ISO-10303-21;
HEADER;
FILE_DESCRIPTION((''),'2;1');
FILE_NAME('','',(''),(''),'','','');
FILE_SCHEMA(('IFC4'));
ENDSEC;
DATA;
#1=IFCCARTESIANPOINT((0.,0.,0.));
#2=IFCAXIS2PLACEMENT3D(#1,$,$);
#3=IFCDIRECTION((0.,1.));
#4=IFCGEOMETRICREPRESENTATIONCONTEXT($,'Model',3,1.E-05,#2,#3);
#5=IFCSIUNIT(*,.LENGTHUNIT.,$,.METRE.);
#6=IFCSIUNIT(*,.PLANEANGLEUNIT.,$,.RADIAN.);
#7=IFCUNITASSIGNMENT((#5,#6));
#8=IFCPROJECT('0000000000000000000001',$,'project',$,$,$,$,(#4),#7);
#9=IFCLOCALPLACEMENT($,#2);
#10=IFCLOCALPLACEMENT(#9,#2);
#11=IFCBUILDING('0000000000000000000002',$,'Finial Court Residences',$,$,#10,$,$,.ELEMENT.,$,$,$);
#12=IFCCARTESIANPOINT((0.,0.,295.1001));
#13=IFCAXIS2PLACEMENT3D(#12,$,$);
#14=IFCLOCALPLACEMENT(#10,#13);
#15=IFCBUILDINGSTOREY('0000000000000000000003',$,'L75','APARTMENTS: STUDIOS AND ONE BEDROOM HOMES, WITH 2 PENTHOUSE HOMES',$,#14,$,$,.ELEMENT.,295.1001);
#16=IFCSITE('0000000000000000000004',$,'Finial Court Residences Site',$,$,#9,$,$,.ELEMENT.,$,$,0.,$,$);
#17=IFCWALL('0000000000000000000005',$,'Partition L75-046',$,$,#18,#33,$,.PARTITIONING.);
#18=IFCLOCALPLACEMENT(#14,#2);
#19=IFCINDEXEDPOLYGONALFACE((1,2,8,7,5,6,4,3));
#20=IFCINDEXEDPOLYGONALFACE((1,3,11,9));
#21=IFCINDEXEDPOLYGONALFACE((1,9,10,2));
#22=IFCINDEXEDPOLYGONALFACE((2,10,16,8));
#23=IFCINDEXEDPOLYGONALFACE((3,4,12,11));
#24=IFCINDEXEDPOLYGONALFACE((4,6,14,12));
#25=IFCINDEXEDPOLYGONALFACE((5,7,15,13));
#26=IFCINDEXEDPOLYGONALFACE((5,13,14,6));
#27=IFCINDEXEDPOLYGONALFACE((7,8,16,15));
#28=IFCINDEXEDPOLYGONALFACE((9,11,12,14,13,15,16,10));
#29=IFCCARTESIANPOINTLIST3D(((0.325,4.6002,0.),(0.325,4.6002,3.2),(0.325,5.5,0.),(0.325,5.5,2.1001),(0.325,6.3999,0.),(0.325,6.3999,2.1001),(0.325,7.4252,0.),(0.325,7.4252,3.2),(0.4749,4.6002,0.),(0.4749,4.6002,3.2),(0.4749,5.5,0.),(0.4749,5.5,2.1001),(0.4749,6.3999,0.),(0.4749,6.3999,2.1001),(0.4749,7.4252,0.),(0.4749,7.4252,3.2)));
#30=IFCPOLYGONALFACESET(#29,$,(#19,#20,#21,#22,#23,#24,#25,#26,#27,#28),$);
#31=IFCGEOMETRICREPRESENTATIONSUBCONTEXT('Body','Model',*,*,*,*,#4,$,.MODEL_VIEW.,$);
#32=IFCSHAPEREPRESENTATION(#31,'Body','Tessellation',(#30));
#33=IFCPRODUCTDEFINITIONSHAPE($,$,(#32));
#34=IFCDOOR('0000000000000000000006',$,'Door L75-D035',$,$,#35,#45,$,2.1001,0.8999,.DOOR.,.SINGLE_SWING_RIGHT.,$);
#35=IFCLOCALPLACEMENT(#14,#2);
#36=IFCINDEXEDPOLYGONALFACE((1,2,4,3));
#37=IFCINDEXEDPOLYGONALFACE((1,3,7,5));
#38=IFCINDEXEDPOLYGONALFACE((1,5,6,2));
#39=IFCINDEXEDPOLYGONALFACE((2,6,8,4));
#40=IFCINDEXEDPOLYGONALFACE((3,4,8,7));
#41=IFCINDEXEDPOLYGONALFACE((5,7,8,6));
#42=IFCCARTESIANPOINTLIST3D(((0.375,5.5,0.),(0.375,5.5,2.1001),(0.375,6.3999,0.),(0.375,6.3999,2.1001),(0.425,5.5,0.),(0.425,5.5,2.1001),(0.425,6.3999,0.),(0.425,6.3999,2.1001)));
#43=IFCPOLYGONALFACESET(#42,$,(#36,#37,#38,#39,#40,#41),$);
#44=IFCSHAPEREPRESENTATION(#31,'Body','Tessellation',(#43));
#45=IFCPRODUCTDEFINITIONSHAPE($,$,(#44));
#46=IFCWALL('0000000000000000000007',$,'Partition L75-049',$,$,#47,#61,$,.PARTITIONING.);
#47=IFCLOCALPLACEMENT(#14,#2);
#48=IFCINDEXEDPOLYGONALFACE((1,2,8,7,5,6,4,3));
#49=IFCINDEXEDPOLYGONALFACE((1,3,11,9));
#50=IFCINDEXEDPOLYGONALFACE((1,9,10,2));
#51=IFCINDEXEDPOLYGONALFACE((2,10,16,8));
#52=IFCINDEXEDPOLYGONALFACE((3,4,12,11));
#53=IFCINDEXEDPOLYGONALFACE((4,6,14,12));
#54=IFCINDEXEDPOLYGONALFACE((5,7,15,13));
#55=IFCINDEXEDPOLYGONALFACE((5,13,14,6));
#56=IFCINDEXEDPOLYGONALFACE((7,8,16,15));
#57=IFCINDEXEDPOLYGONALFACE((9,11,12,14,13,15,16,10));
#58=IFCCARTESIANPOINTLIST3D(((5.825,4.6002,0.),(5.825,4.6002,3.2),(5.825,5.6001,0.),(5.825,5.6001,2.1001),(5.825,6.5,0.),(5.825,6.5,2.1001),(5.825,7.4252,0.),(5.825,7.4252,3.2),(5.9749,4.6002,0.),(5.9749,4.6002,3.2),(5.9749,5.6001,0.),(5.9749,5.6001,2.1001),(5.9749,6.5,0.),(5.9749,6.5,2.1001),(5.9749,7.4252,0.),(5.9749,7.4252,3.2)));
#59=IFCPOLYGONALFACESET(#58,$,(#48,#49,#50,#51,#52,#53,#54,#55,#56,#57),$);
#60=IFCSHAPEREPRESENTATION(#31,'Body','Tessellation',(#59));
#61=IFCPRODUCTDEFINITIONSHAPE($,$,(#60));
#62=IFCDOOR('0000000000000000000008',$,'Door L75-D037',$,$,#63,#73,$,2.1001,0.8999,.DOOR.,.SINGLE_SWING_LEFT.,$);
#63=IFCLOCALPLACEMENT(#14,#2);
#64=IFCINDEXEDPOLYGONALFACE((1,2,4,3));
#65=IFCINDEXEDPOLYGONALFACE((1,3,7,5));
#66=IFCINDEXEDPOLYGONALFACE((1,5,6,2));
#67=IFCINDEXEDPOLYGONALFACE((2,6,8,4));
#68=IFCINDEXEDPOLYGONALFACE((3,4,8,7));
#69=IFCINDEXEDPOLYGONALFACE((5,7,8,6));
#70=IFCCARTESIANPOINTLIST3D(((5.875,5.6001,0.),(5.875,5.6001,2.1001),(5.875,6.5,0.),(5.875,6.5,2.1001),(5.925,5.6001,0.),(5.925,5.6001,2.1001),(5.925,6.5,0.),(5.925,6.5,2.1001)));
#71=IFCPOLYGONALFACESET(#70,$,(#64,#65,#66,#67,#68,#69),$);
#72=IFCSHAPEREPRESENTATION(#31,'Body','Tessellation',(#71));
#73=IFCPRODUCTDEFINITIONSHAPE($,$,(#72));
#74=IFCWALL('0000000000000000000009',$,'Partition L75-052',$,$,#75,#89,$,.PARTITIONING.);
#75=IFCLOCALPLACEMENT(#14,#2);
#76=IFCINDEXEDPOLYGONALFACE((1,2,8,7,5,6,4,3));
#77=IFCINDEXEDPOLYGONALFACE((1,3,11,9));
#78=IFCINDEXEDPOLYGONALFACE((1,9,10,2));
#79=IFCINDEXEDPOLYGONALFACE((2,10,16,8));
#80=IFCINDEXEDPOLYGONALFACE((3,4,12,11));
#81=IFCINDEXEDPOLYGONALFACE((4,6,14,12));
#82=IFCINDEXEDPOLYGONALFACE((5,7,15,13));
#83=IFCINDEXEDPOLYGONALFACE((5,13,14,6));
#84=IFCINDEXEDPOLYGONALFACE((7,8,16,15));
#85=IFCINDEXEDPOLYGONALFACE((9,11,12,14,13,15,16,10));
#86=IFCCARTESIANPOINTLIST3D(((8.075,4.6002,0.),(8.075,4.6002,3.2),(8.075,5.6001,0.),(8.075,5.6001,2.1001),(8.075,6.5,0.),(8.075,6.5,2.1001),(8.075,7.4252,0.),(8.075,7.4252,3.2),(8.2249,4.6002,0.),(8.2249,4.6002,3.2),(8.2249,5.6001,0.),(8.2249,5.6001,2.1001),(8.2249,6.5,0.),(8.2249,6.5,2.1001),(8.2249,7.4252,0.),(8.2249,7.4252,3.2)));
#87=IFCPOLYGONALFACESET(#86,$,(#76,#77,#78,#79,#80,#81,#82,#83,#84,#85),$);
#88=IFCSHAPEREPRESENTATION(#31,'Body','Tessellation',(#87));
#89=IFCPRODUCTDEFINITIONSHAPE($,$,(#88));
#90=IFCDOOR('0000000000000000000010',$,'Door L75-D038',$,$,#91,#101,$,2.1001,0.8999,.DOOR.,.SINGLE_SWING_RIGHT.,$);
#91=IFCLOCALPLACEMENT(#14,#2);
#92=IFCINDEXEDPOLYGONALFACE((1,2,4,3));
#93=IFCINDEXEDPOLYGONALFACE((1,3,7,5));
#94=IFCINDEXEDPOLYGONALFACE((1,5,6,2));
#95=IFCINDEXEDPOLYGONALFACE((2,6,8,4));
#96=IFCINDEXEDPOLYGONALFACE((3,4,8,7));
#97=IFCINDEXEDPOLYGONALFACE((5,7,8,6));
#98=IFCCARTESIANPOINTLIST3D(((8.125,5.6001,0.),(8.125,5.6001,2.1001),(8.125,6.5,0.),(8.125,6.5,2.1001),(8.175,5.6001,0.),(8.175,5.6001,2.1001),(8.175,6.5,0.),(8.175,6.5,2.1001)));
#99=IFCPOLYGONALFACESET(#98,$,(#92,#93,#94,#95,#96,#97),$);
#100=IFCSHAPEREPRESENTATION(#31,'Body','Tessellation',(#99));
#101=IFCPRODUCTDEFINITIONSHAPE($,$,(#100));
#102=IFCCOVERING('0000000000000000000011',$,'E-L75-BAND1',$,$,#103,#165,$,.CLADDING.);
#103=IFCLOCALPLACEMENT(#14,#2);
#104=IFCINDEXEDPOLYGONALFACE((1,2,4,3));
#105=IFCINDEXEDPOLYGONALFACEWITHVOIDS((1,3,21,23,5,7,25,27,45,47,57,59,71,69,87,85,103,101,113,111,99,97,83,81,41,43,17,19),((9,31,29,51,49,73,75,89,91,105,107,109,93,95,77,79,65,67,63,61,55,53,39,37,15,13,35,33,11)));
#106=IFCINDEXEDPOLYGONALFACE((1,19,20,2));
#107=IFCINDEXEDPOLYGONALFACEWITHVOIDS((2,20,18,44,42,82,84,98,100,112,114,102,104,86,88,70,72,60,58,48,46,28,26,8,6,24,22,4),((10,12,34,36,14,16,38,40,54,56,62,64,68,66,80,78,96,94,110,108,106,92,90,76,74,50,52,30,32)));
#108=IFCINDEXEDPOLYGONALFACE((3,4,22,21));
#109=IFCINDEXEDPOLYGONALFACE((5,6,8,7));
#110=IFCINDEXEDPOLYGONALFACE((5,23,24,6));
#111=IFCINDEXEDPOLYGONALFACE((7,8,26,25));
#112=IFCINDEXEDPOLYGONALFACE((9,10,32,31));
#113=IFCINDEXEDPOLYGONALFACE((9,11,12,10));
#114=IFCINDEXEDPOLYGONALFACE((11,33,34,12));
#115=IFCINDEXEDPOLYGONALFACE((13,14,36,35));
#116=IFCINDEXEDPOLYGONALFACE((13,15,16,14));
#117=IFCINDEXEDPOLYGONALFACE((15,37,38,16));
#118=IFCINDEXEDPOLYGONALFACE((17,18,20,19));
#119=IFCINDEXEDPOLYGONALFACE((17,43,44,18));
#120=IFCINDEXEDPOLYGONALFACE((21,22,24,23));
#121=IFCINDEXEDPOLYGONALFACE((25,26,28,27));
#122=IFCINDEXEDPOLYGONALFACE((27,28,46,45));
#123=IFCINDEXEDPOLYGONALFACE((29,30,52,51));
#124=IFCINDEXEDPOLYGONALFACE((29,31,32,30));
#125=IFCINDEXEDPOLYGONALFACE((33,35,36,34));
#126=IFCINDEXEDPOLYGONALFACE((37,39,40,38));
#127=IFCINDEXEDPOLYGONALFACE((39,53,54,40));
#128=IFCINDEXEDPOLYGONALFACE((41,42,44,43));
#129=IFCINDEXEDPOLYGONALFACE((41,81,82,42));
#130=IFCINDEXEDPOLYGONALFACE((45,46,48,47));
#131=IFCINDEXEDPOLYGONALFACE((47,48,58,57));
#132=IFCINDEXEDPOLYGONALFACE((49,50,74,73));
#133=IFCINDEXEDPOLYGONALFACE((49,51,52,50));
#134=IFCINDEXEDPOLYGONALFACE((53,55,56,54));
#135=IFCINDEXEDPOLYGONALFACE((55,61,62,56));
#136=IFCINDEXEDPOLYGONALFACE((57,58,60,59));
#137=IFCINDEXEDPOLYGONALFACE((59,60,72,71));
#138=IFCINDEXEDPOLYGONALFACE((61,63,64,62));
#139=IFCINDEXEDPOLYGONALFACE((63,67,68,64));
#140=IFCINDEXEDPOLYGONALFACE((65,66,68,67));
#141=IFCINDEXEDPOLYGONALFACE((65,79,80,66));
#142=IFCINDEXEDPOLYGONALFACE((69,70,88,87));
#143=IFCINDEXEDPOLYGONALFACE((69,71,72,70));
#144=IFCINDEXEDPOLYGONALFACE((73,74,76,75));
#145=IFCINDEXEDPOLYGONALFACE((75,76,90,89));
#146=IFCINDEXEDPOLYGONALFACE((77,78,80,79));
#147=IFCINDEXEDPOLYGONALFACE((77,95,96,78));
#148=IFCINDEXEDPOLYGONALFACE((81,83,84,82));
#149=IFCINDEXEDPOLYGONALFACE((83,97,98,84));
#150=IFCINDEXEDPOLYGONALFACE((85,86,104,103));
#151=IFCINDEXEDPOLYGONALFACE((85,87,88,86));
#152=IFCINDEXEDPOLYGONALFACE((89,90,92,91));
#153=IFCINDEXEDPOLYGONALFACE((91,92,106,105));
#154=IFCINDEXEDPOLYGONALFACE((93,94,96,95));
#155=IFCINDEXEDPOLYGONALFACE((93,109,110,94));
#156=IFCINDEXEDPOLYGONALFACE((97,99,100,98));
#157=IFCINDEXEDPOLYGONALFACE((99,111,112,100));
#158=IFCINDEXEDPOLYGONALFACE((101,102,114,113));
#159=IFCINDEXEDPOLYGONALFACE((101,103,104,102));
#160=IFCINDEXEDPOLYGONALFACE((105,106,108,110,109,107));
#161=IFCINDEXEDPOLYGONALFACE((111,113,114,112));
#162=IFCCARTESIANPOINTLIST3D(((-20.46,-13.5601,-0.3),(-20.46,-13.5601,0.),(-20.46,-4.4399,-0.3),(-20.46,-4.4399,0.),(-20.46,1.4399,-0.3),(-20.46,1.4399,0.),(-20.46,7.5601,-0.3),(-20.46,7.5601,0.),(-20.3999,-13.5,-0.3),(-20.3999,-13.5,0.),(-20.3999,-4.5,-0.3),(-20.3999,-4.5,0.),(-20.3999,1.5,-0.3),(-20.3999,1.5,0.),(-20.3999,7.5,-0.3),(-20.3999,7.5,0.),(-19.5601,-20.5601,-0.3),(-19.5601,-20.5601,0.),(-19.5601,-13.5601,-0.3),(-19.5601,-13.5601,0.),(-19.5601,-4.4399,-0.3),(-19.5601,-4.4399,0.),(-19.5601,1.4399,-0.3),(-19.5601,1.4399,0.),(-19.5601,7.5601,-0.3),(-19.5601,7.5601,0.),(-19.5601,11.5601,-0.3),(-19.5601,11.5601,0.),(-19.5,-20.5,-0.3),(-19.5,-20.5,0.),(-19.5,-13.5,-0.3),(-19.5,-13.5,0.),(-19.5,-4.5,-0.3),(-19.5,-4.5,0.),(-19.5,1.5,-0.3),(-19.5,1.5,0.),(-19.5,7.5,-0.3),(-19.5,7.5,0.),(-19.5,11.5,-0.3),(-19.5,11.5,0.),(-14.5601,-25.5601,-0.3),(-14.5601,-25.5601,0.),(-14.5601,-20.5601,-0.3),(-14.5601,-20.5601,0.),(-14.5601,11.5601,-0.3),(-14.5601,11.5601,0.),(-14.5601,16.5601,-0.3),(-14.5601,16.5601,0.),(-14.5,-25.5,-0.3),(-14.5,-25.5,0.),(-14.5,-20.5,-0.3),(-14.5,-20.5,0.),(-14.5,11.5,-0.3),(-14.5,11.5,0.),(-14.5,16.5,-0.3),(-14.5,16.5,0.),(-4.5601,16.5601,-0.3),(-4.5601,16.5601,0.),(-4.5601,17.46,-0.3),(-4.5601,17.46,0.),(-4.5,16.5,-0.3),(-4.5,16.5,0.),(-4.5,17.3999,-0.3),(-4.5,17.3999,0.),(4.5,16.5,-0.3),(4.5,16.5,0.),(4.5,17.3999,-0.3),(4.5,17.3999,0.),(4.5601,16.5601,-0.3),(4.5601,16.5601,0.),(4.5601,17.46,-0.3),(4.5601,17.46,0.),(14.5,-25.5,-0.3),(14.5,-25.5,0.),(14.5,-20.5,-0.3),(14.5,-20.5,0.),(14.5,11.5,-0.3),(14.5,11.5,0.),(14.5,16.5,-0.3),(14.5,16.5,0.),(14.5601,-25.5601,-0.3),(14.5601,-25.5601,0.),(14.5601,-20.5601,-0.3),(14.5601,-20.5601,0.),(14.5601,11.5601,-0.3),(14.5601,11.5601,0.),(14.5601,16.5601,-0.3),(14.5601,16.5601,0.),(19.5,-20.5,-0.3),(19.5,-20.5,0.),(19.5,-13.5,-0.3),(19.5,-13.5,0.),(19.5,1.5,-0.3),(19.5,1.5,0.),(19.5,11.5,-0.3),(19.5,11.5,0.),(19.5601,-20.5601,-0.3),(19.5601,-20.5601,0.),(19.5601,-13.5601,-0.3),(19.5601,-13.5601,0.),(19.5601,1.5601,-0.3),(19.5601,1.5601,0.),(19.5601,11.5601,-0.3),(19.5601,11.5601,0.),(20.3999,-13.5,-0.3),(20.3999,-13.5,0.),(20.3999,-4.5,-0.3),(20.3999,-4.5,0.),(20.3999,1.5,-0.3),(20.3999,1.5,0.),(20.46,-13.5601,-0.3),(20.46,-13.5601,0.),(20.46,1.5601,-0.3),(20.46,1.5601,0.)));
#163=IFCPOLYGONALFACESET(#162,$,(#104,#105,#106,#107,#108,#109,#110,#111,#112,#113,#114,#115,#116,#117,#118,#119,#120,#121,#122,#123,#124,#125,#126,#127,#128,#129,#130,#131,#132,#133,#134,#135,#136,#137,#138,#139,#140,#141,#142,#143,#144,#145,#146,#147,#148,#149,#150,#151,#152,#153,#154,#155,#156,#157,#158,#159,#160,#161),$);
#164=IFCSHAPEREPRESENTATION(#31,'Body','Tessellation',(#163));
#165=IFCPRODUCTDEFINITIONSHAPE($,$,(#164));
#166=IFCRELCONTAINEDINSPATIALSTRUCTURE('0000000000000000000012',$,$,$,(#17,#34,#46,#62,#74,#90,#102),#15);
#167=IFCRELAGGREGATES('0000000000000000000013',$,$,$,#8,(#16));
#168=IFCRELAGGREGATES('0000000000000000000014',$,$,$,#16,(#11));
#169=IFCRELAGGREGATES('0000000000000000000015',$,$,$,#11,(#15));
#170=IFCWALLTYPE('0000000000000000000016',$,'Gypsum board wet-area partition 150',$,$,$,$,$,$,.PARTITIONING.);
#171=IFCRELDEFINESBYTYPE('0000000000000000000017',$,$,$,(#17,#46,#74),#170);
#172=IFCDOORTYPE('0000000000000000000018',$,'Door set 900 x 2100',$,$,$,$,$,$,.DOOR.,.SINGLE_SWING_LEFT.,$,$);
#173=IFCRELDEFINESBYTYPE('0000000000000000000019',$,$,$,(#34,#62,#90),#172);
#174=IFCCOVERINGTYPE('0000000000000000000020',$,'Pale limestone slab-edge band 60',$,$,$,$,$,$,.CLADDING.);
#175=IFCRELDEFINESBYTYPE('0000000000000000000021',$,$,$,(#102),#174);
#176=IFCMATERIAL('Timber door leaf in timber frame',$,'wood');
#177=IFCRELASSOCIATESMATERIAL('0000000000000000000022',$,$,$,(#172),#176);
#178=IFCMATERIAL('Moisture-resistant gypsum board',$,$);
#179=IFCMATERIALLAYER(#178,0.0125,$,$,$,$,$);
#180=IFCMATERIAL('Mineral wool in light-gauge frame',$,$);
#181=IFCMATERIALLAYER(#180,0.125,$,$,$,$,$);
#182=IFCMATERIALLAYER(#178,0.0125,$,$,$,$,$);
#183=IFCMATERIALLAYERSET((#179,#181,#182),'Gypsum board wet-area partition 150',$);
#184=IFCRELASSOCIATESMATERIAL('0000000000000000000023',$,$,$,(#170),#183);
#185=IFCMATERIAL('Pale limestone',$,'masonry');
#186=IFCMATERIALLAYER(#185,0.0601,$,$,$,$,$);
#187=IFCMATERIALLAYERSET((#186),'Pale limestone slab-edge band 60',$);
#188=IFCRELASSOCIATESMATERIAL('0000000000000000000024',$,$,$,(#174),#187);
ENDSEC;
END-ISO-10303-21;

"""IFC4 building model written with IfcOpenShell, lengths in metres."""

from ifc_helpers import new_model, si_unit, direction, frame, frame_2d, origin, place, context, subcontext, project, spatial, polyline, rectangle, outline, extrude, material, layer, layer_set, type_object, element, fill, save


model = new_model("IFC4")

# Units and contexts
model_context = context("Model", 3, precision=1e-05, world=origin(), true_north=direction((0.0, 1.0)))
body_context = subcontext(model_context, "Body", "Model", "MODEL_VIEW")
ifc_project = project(units=[si_unit("LENGTHUNIT", "METRE"), si_unit("PLANEANGLEUNIT", "RADIAN")], contexts=[model_context])

# Site, building, storey
site_placement = place(None, origin())
site = spatial("IfcSite", under=ifc_project, at=site_placement, Name="Finial Court Residences Site", CompositionType="ELEMENT", RefElevation=0.0)
building_placement = place(site_placement, origin())
building = spatial("IfcBuilding", under=site, at=building_placement, Name="Finial Court Residences", CompositionType="ELEMENT")
storey_placement = place(building_placement, frame((0.0, 0.0, 295.1001)))
storey = spatial("IfcBuildingStorey", under=building, at=storey_placement, Name="L75", Description="APARTMENTS: STUDIOS AND ONE BEDROOM HOMES, WITH 2 PENTHOUSE HOMES", CompositionType="ELEMENT", Elevation=295.1001)

# Shared definitions
ifc_material_1 = material(Name="Mineral wool in light-gauge frame")
ifc_material_2 = material(Name="Timber door leaf in timber frame", Category="wood")
door_type = type_object("IfcDoorType", Name="Door set 900 x 2100", OperationType="SINGLE_SWING_LEFT", PredefinedType="DOOR", material=ifc_material_2)

# Shared definitions
ifc_material_3 = material(Name="Moisture-resistant gypsum board")
ifc_layer_1 = layer(ifc_material_3, 0.0125)
ifc_layer_2 = layer(ifc_material_1, 0.125)
ifc_layer_3 = layer(ifc_material_3, 0.0125)
ifc_layer_set_1 = layer_set([ifc_layer_1, ifc_layer_2, ifc_layer_3], Name="Gypsum board wet-area partition 150")
wall_type_1 = type_object("IfcWallType", Name="Gypsum board wet-area partition 150", PredefinedType="PARTITIONING", material=ifc_layer_set_1)

# Walls, openings, doors
wall_1_placement = place(storey_placement, frame((0.3999, 4.6001, 0.0), z_axis=(0.0, 0.0, 1.0), x_axis=(0.0, 1.0, 0.0)))
wall_1 = element("IfcWall", 1, at=wall_1_placement, inside=storey, type_object=wall_type_1, Name="Partition L75-046", PredefinedType="PARTITIONING", context=body_context, shape_type="SweptSolid", body=[
    extrude(rectangle(XDim=2.825, YDim=0.1499, at=frame_2d((1.4126, 0.0))), origin(), (0.0, 0.0, 1.0), 3.2),
])
opening_1_placement = place(wall_1_placement, frame((0.8999, 0.0, 0.0)))
opening_1 = element("IfcOpeningElement", 2, at=opening_1_placement, cuts=wall_1, PredefinedType="OPENING", context=body_context, shape_type="SweptSolid", body=[
    extrude(rectangle(XDim=0.8999, YDim=2.1001, at=frame_2d((0.45, 1.05))), frame((0.0, 0.085, 0.0), z_axis=(0.0, -1.0, 0.0), x_axis=(1.0, 0.0, 0.0)), (0.0, 0.0, 1.0), 0.1699),
])
door_1_placement = place(opening_1_placement, origin())
door_1 = element("IfcDoor", 3, at=door_1_placement, inside=storey, type_object=door_type, Name="Door L75-D035", OperationType="SINGLE_SWING_RIGHT", OverallHeight=2.1001, OverallWidth=0.8999, PredefinedType="DOOR", context=body_context, shape_type="SweptSolid", body=[
    extrude(rectangle(XDim=0.8999, YDim=2.1001, at=frame_2d((0.45, 1.05))), frame((0.0, 0.0249, 0.0), z_axis=(0.0, -1.0, 0.0), x_axis=(1.0, 0.0, 0.0)), (0.0, 0.0, 1.0), 0.05),
])
fill(opening_1, door_1)
wall_2_placement = place(storey_placement, frame((5.8999, 4.6001, 0.0), z_axis=(0.0, 0.0, 1.0), x_axis=(0.0, 1.0, 0.0)))
wall_2 = element("IfcWall", 4, at=wall_2_placement, inside=storey, type_object=wall_type_1, Name="Partition L75-049", PredefinedType="PARTITIONING", context=body_context, shape_type="SweptSolid", body=[
    extrude(rectangle(XDim=2.825, YDim=0.1499, at=frame_2d((1.4126, 0.0))), origin(), (0.0, 0.0, 1.0), 3.2),
])
opening_2_placement = place(wall_2_placement, frame((1.0, 0.0, 0.0)))
opening_2 = element("IfcOpeningElement", 5, at=opening_2_placement, cuts=wall_2, PredefinedType="OPENING", context=body_context, shape_type="SweptSolid", body=[
    extrude(rectangle(XDim=0.8999, YDim=2.1001, at=frame_2d((0.45, 1.05))), frame((0.0, 0.085, 0.0), z_axis=(0.0, -1.0, 0.0), x_axis=(1.0, 0.0, 0.0)), (0.0, 0.0, 1.0), 0.1699),
])
door_2_placement = place(opening_2_placement, origin())
door_2 = element("IfcDoor", 6, at=door_2_placement, inside=storey, type_object=door_type, Name="Door L75-D037", OperationType="SINGLE_SWING_LEFT", OverallHeight=2.1001, OverallWidth=0.8999, PredefinedType="DOOR", context=body_context, shape_type="SweptSolid", body=[
    extrude(rectangle(XDim=0.8999, YDim=2.1001, at=frame_2d((0.45, 1.05))), frame((0.0, 0.0249, 0.0), z_axis=(0.0, -1.0, 0.0), x_axis=(1.0, 0.0, 0.0)), (0.0, 0.0, 1.0), 0.05),
])
fill(opening_2, door_2)
wall_3_placement = place(storey_placement, frame((8.1499, 4.6001, 0.0), z_axis=(0.0, 0.0, 1.0), x_axis=(0.0, 1.0, 0.0)))
wall_3 = element("IfcWall", 7, at=wall_3_placement, inside=storey, type_object=wall_type_1, Name="Partition L75-052", PredefinedType="PARTITIONING", context=body_context, shape_type="SweptSolid", body=[
    extrude(rectangle(XDim=2.825, YDim=0.1499, at=frame_2d((1.4126, 0.0))), origin(), (0.0, 0.0, 1.0), 3.2),
])
opening_3_placement = place(wall_3_placement, frame((1.0, 0.0, 0.0)))
opening_3 = element("IfcOpeningElement", 8, at=opening_3_placement, cuts=wall_3, PredefinedType="OPENING", context=body_context, shape_type="SweptSolid", body=[
    extrude(rectangle(XDim=0.8999, YDim=2.1001, at=frame_2d((0.45, 1.05))), frame((0.0, 0.085, 0.0), z_axis=(0.0, -1.0, 0.0), x_axis=(1.0, 0.0, 0.0)), (0.0, 0.0, 1.0), 0.1699),
])
door_3_placement = place(opening_3_placement, origin())
door_3 = element("IfcDoor", 9, at=door_3_placement, inside=storey, type_object=door_type, Name="Door L75-D038", OperationType="SINGLE_SWING_RIGHT", OverallHeight=2.1001, OverallWidth=0.8999, PredefinedType="DOOR", context=body_context, shape_type="SweptSolid", body=[
    extrude(rectangle(XDim=0.8999, YDim=2.1001, at=frame_2d((0.45, 1.05))), frame((0.0, 0.0249, 0.0), z_axis=(0.0, -1.0, 0.0), x_axis=(1.0, 0.0, 0.0)), (0.0, 0.0, 1.0), 0.05),
])
fill(opening_3, door_3)

# Covering
ifc_material_4 = material(Name="Pale limestone", Category="masonry")
ifc_layer_4 = layer(ifc_material_4, 0.0601)
ifc_layer_set_2 = layer_set([ifc_layer_4], Name="Pale limestone slab-edge band 60")
covering_type_1 = type_object("IfcCoveringType", Name="Pale limestone slab-edge band 60", PredefinedType="CLADDING", material=ifc_layer_set_2)
covering_1_placement = place(storey_placement, frame((0.0, 0.0, -0.3)))
element("IfcCovering", 10, at=covering_1_placement, inside=storey, type_object=covering_type_1, Name="E-L75-BAND1", PredefinedType="CLADDING", context=body_context, shape_type="SweptSolid", body=[
    extrude(outline(polyline([(-20.46, 7.5601), (-19.5601, 7.5601), (-19.5601, 11.5601), (-14.5601, 11.5601), (-14.5601, 16.5601), (-4.5601, 16.5601), (-4.5601, 17.46), (4.5601, 17.46), (4.5601, 16.5601), (14.5601, 16.5601), (14.5601, 11.5601), (19.5601, 11.5601), (19.5601, 1.5601), (20.46, 1.5601), (20.46, -13.5601), (19.5601, -13.5601), (19.5601, -20.5601), (14.5601, -20.5601), (14.5601, -25.5601), (-14.5601, -25.5601), (-14.5601, -20.5601), (-19.5601, -20.5601), (-19.5601, -13.5601), (-20.46, -13.5601), (-20.46, -4.4399), (-19.5601, -4.4399), (-19.5601, 1.4399), (-20.46, 1.4399), (-20.46, 7.5601)]), holes=[polyline([(-19.5, 1.5), (-19.5, -4.5), (-20.3999, -4.5), (-20.3999, -13.5), (-19.5, -13.5), (-19.5, -20.5), (-14.5, -20.5), (-14.5, -25.5), (14.5, -25.5), (14.5, -20.5), (19.5, -20.5), (19.5, -13.5), (20.3999, -13.5), (20.3999, -4.5), (20.3999, 1.5), (19.5, 1.5), (19.5, 11.5), (14.5, 11.5), (14.5, 16.5), (4.5, 16.5), (4.5, 17.3999), (-4.5, 17.3999), (-4.5, 16.5), (-14.5, 16.5), (-14.5, 11.5), (-19.5, 11.5), (-19.5, 7.5), (-20.3999, 7.5), (-20.3999, 1.5), (-19.5, 1.5)])]), origin(), (0.0, 0.0, 1.0), 0.3),
])

save(model, "model.ifc")
